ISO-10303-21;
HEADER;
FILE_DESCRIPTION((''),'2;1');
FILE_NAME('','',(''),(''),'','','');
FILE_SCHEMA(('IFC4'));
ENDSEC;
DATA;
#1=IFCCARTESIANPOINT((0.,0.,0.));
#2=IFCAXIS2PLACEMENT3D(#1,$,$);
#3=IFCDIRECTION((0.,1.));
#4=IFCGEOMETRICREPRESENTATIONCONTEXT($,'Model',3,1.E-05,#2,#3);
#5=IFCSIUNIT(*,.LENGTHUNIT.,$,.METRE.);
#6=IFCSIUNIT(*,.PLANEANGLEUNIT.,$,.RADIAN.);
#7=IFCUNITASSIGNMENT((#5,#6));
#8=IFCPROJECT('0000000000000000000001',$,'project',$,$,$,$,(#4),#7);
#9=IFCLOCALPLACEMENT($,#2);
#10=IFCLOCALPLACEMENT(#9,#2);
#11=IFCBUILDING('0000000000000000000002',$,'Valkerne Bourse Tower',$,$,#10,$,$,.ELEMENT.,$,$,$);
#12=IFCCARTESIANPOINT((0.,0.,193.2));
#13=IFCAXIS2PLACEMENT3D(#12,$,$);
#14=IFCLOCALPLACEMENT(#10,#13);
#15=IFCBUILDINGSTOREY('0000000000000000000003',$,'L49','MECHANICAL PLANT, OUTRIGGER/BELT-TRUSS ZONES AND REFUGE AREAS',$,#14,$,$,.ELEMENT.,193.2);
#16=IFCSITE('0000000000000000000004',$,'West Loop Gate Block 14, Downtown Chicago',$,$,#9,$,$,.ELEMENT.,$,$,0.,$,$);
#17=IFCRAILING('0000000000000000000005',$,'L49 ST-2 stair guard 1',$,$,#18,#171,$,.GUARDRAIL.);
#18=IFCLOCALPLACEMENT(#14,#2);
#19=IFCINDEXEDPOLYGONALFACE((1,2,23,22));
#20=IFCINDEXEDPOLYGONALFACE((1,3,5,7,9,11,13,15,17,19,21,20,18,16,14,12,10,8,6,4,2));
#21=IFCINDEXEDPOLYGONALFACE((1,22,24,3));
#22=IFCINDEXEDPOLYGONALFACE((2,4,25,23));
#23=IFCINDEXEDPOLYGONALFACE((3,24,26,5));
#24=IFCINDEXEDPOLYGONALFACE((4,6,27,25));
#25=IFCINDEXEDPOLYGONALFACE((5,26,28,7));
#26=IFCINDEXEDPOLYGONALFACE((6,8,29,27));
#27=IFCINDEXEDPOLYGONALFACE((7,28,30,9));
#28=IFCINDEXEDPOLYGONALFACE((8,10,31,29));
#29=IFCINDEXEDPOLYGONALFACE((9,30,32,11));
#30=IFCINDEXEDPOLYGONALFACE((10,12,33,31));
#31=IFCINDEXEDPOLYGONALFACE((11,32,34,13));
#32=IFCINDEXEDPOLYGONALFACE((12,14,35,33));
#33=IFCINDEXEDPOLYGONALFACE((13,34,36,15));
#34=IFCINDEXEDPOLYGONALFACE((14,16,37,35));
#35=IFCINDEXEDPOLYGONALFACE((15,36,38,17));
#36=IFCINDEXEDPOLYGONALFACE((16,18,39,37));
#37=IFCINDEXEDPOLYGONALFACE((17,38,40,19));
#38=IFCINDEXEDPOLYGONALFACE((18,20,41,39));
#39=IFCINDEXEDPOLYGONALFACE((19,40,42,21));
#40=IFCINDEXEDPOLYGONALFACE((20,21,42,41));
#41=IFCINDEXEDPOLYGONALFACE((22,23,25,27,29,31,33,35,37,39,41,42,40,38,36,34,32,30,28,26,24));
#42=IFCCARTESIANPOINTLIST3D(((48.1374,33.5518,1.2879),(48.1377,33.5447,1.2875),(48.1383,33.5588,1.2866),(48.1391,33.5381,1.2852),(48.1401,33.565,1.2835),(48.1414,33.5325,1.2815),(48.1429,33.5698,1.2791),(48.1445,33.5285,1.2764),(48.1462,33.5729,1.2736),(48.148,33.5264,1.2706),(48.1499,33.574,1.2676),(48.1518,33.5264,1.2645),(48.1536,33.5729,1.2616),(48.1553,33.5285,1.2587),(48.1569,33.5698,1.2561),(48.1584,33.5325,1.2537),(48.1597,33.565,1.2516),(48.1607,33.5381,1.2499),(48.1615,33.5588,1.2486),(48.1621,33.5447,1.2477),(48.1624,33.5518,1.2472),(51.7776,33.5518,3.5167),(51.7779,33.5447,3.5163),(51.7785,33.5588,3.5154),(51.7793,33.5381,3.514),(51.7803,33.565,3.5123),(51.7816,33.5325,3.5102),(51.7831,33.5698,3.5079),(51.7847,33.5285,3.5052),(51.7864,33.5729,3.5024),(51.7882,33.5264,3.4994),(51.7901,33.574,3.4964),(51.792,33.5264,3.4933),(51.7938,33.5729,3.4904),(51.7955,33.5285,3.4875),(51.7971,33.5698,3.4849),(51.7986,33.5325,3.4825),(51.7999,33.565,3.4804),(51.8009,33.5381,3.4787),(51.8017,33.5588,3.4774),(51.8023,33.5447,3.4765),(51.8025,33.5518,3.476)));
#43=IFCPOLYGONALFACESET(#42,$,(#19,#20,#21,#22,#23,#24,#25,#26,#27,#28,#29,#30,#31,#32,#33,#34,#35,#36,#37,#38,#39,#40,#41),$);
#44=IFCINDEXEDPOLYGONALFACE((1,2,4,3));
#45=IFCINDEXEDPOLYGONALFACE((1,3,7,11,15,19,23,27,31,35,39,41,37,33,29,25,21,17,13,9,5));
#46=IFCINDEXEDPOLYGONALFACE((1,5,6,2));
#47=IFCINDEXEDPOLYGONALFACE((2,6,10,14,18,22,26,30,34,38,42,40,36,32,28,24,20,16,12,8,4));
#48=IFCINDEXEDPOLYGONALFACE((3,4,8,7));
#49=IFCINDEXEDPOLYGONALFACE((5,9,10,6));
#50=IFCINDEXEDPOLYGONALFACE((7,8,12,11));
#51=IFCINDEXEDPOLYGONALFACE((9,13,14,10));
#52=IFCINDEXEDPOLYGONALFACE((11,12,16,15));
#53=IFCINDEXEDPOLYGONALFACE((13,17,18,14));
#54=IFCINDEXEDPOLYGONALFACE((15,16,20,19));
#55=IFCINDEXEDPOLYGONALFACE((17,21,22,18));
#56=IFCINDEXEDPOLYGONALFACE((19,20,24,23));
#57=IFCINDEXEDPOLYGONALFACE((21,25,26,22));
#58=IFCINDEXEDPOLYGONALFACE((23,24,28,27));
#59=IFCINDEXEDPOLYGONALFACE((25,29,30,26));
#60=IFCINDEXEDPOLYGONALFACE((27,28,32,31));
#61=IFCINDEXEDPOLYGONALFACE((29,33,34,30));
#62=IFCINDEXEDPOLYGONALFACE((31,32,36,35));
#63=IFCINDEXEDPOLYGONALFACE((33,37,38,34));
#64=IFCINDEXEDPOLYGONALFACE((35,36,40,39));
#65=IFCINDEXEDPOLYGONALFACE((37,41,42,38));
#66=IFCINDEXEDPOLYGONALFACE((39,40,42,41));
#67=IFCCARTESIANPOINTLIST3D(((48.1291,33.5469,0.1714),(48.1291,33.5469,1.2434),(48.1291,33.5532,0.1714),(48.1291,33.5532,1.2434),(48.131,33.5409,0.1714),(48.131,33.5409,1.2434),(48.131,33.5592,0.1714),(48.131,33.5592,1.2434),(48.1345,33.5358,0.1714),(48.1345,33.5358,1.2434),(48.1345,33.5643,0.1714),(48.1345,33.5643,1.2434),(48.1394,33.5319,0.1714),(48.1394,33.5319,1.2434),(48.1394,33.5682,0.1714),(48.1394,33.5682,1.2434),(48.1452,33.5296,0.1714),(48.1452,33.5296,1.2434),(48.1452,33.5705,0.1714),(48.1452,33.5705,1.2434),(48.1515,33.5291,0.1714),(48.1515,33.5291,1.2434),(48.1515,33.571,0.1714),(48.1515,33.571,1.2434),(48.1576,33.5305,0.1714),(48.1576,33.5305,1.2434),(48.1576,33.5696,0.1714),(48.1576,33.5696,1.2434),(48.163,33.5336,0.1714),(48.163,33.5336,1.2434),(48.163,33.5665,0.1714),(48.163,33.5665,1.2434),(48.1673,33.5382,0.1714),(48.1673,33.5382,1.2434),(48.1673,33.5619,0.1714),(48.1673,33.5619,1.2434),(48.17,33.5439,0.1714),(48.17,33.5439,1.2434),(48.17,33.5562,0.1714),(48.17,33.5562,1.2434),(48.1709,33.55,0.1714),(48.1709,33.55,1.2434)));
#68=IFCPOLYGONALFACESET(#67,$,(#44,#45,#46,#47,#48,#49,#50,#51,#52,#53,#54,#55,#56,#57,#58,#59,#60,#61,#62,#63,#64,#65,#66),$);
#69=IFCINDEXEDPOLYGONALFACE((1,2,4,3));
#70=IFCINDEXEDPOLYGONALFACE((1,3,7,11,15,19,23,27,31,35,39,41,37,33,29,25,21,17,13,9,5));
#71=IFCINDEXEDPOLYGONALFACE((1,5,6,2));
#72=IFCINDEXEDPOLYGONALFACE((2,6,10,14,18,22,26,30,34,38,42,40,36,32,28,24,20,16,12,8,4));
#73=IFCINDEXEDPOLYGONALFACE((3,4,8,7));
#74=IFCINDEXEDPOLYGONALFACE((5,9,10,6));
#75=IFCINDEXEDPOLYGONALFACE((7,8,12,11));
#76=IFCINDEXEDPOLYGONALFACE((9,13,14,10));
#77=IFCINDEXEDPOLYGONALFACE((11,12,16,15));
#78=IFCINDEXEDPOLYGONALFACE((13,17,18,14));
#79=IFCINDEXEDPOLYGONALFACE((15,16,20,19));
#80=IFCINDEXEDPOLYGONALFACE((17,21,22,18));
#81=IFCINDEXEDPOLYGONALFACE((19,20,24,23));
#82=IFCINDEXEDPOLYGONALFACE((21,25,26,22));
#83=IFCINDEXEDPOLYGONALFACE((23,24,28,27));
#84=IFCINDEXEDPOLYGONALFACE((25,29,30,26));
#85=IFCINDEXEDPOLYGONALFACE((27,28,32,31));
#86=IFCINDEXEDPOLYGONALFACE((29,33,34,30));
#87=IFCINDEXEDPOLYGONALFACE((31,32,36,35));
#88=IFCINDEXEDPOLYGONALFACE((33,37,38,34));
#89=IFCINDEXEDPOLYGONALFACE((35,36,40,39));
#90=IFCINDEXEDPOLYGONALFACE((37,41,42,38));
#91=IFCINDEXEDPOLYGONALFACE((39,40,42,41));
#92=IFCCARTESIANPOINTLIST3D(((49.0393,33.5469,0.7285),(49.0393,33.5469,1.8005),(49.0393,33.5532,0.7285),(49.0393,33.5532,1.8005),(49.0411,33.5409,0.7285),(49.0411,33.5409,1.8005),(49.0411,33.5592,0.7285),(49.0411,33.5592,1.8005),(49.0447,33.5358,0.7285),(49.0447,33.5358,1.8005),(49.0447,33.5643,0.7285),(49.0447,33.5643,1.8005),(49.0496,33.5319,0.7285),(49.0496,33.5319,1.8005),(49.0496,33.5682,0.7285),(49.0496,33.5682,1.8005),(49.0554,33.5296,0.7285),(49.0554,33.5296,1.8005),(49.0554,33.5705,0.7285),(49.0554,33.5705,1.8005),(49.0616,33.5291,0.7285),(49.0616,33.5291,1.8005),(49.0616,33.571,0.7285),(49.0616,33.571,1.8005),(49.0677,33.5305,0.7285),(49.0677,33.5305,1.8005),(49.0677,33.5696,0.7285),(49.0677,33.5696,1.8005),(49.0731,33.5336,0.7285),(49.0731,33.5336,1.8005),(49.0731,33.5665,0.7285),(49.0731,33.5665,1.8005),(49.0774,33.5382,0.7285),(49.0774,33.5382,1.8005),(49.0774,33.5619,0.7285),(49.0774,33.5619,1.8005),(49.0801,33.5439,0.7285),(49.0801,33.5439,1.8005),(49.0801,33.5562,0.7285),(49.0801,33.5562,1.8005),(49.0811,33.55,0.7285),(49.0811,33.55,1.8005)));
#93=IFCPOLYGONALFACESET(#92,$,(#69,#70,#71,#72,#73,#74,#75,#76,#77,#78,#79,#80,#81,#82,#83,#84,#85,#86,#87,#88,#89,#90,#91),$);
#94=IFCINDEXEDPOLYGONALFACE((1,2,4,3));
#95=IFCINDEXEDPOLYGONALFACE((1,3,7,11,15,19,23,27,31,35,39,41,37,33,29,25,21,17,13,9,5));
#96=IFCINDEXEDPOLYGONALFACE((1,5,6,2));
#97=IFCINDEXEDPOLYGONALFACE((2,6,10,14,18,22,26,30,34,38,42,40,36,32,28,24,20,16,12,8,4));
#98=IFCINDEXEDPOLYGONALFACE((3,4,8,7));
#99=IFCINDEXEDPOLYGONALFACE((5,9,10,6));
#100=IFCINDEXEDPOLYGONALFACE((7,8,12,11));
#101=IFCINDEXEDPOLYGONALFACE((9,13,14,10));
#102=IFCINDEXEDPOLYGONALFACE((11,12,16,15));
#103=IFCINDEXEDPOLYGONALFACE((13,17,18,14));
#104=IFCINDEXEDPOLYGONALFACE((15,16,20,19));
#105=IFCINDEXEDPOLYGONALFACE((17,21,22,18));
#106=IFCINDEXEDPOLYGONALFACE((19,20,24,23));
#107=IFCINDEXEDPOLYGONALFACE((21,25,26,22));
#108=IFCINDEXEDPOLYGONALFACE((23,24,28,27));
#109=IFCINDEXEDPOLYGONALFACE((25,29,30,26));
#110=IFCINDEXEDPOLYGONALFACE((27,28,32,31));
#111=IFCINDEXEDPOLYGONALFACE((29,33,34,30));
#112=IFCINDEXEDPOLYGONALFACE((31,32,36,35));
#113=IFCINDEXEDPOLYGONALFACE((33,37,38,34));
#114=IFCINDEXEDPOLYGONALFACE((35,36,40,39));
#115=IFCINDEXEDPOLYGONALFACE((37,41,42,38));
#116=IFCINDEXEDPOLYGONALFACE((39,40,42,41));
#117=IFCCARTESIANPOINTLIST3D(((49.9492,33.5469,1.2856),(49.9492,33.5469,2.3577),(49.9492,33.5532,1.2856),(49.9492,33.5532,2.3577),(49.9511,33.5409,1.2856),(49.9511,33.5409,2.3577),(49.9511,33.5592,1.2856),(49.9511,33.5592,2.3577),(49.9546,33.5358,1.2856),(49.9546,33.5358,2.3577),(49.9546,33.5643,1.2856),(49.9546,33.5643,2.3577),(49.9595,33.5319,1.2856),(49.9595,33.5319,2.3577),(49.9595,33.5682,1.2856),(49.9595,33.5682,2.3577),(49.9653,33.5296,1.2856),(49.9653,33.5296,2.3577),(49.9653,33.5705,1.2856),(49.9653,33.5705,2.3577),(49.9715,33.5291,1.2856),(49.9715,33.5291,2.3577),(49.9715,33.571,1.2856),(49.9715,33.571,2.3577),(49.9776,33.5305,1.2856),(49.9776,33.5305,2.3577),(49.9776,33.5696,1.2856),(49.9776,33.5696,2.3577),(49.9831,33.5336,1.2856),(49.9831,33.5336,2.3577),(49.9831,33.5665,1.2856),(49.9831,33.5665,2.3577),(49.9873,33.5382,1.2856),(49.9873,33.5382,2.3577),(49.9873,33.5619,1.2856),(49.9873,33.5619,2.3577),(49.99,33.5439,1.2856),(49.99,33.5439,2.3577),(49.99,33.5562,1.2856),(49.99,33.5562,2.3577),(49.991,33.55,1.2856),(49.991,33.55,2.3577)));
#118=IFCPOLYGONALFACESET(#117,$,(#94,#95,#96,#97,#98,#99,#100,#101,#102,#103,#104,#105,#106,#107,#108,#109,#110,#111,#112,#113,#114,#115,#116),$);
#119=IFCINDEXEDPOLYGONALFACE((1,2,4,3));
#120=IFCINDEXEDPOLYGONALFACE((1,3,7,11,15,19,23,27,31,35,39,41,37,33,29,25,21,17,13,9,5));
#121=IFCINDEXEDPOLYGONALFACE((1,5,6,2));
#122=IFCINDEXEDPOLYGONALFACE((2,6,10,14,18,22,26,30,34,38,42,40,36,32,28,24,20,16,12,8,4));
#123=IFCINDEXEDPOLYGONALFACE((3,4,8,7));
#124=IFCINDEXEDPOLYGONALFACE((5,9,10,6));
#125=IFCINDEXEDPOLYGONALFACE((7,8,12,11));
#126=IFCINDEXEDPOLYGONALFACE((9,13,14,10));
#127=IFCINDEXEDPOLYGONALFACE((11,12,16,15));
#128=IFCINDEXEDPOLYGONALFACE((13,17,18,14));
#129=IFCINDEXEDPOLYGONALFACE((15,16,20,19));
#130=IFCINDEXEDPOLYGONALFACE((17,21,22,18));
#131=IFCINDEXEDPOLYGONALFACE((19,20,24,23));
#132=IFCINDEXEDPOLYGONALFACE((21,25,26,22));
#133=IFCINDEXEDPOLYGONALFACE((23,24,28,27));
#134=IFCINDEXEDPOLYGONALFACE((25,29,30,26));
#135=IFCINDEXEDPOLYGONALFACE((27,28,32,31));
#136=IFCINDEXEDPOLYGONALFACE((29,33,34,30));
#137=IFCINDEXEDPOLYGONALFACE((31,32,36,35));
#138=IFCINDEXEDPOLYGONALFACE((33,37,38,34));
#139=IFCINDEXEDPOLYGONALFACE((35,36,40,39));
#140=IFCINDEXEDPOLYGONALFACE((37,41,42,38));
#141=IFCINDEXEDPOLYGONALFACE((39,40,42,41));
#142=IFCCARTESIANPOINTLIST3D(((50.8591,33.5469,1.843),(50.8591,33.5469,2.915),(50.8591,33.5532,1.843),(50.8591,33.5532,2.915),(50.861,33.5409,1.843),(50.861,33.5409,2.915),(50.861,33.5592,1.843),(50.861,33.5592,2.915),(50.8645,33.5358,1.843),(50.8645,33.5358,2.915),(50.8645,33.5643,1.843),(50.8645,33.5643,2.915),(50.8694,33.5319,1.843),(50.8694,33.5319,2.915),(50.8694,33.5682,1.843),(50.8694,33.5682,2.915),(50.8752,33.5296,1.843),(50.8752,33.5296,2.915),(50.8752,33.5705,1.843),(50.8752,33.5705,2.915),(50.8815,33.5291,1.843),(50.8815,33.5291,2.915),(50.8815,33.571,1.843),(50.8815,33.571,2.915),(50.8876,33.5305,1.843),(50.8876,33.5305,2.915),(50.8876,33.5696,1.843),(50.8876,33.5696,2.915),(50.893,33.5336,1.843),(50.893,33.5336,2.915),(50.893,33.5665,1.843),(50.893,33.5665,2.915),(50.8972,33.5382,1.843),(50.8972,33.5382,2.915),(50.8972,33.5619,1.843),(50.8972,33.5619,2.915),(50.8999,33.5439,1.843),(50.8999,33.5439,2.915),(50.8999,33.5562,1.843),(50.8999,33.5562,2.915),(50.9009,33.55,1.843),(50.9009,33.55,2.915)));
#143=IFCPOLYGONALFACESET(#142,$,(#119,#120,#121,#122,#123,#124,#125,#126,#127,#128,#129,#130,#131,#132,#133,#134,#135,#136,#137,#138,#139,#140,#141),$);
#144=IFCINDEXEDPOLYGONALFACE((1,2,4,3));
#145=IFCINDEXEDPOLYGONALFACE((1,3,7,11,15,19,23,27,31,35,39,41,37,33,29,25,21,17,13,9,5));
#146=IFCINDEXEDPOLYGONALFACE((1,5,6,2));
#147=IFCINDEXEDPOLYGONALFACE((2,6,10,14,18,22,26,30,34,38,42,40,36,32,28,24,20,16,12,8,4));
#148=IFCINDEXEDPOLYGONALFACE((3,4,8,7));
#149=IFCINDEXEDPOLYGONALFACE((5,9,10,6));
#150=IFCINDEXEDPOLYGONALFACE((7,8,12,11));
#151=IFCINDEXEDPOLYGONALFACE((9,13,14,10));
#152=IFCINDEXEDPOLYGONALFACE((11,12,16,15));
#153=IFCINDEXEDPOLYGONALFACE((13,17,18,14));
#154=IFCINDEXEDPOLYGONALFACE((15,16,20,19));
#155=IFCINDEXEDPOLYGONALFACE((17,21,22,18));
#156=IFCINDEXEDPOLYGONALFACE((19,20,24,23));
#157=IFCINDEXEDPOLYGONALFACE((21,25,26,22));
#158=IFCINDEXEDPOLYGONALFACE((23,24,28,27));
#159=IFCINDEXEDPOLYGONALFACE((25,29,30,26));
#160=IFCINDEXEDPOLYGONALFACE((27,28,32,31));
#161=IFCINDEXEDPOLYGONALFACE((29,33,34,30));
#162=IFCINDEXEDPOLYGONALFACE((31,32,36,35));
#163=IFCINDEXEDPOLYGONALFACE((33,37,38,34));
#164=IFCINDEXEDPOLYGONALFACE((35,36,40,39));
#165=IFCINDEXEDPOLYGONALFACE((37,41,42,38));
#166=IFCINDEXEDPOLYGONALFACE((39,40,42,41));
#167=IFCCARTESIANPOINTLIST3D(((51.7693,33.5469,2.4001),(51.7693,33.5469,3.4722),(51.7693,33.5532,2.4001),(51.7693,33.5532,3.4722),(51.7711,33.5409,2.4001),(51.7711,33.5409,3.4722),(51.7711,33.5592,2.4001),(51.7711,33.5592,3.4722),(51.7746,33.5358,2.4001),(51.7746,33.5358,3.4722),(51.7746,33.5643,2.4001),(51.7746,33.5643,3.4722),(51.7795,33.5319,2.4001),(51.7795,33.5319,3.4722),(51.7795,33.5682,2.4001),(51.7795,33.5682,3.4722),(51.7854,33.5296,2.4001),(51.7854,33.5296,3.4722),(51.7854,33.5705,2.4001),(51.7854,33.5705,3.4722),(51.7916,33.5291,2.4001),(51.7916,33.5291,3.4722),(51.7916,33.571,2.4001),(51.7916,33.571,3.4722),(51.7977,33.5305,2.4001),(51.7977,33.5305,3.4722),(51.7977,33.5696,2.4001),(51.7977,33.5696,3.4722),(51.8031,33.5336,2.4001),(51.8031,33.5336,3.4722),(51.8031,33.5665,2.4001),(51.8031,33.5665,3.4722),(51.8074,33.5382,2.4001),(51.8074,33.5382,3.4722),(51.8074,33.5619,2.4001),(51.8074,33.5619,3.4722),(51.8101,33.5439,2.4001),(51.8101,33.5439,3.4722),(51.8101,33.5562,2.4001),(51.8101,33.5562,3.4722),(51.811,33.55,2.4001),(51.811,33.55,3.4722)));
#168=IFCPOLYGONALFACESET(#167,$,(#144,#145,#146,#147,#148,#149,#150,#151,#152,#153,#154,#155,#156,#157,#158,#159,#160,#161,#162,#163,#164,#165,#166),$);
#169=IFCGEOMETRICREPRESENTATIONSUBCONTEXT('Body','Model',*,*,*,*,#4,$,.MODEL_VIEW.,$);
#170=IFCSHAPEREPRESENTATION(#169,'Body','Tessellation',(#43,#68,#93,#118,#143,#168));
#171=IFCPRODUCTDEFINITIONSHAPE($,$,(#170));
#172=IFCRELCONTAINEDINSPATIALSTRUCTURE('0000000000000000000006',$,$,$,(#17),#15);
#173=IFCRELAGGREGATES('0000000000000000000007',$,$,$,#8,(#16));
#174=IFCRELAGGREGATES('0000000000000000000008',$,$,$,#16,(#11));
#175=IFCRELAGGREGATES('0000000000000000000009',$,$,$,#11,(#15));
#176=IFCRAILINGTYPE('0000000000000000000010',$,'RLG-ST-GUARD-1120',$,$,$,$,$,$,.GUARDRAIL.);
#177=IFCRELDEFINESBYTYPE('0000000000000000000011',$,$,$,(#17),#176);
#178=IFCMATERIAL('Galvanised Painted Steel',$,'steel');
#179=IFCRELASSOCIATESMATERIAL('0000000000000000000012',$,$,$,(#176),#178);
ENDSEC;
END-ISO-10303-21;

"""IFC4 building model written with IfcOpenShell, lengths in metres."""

from ifc_helpers import new_model, si_unit, direction, frame, origin, origin_2d, place, context, subcontext, project, spatial, circle, extrude, material, type_object, element, save


model = new_model("IFC4")

# Units and contexts
model_context = context("Model", 3, precision=1e-05, world=origin(), true_north=direction((0.0, 1.0)))
body_context = subcontext(model_context, "Body", "Model", "MODEL_VIEW")
ifc_project = project(units=[si_unit("LENGTHUNIT", "METRE"), si_unit("PLANEANGLEUNIT", "RADIAN")], contexts=[model_context])

# Site, building, storey
site_placement = place(None, origin())
site = spatial("IfcSite", under=ifc_project, at=site_placement, Name="West Loop Gate Block 14, Downtown Chicago", CompositionType="ELEMENT", RefElevation=0.0)
building_placement = place(site_placement, origin())
building = spatial("IfcBuilding", under=site, at=building_placement, Name="Valkerne Bourse Tower", CompositionType="ELEMENT")
storey_placement = place(building_placement, frame((0.0, 0.0, 193.2)))
storey = spatial("IfcBuildingStorey", under=building, at=storey_placement, Name="L49", Description="MECHANICAL PLANT, OUTRIGGER/BELT-TRUSS ZONES AND REFUGE AREAS", CompositionType="ELEMENT", Elevation=193.2)

# Shared definitions
ifc_material_1 = material(Name="Galvanised Painted Steel", Category="steel")

# Railing
railing_type_1 = type_object("IfcRailingType", Name="RLG-ST-GUARD-1120", PredefinedType="GUARDRAIL", material=ifc_material_1)
railing_1_placement = place(storey_placement, frame((48.1499, 33.55, 0.1714)))
element("IfcRailing", 1, at=railing_1_placement, inside=storey, type_object=railing_type_1, Name="L49 ST-2 stair guard 1", PredefinedType="GUARDRAIL", context=body_context, shape_type="SweptSolid", body=[
    extrude(circle(Radius=0.0239, at=origin_2d()), frame((0.0, 0.0, 1.0962), z_axis=(0.85284, 0.0, 0.522172), x_axis=(0.0, 1.0, 0.0)), (0.0, 0.0, 1.0), 4.2683),
    extrude(circle(Radius=0.021, at=origin_2d()), origin(), (0.0, 0.0, 1.0), 1.072),
    extrude(circle(Radius=0.021, at=origin_2d()), frame((0.9102, 0.0, 0.5571)), (0.0, 0.0, 1.0), 1.072),
    extrude(circle(Radius=0.021, at=origin_2d()), frame((1.8201, 0.0, 1.1143)), (0.0, 0.0, 1.0), 1.072),
    extrude(circle(Radius=0.021, at=origin_2d()), frame((2.73, 0.0, 1.6716)), (0.0, 0.0, 1.0), 1.072),
    extrude(circle(Radius=0.021, at=origin_2d()), frame((3.6401, 0.0, 2.2288)), (0.0, 0.0, 1.0), 1.072),
])

save(model, "model.ifc")
